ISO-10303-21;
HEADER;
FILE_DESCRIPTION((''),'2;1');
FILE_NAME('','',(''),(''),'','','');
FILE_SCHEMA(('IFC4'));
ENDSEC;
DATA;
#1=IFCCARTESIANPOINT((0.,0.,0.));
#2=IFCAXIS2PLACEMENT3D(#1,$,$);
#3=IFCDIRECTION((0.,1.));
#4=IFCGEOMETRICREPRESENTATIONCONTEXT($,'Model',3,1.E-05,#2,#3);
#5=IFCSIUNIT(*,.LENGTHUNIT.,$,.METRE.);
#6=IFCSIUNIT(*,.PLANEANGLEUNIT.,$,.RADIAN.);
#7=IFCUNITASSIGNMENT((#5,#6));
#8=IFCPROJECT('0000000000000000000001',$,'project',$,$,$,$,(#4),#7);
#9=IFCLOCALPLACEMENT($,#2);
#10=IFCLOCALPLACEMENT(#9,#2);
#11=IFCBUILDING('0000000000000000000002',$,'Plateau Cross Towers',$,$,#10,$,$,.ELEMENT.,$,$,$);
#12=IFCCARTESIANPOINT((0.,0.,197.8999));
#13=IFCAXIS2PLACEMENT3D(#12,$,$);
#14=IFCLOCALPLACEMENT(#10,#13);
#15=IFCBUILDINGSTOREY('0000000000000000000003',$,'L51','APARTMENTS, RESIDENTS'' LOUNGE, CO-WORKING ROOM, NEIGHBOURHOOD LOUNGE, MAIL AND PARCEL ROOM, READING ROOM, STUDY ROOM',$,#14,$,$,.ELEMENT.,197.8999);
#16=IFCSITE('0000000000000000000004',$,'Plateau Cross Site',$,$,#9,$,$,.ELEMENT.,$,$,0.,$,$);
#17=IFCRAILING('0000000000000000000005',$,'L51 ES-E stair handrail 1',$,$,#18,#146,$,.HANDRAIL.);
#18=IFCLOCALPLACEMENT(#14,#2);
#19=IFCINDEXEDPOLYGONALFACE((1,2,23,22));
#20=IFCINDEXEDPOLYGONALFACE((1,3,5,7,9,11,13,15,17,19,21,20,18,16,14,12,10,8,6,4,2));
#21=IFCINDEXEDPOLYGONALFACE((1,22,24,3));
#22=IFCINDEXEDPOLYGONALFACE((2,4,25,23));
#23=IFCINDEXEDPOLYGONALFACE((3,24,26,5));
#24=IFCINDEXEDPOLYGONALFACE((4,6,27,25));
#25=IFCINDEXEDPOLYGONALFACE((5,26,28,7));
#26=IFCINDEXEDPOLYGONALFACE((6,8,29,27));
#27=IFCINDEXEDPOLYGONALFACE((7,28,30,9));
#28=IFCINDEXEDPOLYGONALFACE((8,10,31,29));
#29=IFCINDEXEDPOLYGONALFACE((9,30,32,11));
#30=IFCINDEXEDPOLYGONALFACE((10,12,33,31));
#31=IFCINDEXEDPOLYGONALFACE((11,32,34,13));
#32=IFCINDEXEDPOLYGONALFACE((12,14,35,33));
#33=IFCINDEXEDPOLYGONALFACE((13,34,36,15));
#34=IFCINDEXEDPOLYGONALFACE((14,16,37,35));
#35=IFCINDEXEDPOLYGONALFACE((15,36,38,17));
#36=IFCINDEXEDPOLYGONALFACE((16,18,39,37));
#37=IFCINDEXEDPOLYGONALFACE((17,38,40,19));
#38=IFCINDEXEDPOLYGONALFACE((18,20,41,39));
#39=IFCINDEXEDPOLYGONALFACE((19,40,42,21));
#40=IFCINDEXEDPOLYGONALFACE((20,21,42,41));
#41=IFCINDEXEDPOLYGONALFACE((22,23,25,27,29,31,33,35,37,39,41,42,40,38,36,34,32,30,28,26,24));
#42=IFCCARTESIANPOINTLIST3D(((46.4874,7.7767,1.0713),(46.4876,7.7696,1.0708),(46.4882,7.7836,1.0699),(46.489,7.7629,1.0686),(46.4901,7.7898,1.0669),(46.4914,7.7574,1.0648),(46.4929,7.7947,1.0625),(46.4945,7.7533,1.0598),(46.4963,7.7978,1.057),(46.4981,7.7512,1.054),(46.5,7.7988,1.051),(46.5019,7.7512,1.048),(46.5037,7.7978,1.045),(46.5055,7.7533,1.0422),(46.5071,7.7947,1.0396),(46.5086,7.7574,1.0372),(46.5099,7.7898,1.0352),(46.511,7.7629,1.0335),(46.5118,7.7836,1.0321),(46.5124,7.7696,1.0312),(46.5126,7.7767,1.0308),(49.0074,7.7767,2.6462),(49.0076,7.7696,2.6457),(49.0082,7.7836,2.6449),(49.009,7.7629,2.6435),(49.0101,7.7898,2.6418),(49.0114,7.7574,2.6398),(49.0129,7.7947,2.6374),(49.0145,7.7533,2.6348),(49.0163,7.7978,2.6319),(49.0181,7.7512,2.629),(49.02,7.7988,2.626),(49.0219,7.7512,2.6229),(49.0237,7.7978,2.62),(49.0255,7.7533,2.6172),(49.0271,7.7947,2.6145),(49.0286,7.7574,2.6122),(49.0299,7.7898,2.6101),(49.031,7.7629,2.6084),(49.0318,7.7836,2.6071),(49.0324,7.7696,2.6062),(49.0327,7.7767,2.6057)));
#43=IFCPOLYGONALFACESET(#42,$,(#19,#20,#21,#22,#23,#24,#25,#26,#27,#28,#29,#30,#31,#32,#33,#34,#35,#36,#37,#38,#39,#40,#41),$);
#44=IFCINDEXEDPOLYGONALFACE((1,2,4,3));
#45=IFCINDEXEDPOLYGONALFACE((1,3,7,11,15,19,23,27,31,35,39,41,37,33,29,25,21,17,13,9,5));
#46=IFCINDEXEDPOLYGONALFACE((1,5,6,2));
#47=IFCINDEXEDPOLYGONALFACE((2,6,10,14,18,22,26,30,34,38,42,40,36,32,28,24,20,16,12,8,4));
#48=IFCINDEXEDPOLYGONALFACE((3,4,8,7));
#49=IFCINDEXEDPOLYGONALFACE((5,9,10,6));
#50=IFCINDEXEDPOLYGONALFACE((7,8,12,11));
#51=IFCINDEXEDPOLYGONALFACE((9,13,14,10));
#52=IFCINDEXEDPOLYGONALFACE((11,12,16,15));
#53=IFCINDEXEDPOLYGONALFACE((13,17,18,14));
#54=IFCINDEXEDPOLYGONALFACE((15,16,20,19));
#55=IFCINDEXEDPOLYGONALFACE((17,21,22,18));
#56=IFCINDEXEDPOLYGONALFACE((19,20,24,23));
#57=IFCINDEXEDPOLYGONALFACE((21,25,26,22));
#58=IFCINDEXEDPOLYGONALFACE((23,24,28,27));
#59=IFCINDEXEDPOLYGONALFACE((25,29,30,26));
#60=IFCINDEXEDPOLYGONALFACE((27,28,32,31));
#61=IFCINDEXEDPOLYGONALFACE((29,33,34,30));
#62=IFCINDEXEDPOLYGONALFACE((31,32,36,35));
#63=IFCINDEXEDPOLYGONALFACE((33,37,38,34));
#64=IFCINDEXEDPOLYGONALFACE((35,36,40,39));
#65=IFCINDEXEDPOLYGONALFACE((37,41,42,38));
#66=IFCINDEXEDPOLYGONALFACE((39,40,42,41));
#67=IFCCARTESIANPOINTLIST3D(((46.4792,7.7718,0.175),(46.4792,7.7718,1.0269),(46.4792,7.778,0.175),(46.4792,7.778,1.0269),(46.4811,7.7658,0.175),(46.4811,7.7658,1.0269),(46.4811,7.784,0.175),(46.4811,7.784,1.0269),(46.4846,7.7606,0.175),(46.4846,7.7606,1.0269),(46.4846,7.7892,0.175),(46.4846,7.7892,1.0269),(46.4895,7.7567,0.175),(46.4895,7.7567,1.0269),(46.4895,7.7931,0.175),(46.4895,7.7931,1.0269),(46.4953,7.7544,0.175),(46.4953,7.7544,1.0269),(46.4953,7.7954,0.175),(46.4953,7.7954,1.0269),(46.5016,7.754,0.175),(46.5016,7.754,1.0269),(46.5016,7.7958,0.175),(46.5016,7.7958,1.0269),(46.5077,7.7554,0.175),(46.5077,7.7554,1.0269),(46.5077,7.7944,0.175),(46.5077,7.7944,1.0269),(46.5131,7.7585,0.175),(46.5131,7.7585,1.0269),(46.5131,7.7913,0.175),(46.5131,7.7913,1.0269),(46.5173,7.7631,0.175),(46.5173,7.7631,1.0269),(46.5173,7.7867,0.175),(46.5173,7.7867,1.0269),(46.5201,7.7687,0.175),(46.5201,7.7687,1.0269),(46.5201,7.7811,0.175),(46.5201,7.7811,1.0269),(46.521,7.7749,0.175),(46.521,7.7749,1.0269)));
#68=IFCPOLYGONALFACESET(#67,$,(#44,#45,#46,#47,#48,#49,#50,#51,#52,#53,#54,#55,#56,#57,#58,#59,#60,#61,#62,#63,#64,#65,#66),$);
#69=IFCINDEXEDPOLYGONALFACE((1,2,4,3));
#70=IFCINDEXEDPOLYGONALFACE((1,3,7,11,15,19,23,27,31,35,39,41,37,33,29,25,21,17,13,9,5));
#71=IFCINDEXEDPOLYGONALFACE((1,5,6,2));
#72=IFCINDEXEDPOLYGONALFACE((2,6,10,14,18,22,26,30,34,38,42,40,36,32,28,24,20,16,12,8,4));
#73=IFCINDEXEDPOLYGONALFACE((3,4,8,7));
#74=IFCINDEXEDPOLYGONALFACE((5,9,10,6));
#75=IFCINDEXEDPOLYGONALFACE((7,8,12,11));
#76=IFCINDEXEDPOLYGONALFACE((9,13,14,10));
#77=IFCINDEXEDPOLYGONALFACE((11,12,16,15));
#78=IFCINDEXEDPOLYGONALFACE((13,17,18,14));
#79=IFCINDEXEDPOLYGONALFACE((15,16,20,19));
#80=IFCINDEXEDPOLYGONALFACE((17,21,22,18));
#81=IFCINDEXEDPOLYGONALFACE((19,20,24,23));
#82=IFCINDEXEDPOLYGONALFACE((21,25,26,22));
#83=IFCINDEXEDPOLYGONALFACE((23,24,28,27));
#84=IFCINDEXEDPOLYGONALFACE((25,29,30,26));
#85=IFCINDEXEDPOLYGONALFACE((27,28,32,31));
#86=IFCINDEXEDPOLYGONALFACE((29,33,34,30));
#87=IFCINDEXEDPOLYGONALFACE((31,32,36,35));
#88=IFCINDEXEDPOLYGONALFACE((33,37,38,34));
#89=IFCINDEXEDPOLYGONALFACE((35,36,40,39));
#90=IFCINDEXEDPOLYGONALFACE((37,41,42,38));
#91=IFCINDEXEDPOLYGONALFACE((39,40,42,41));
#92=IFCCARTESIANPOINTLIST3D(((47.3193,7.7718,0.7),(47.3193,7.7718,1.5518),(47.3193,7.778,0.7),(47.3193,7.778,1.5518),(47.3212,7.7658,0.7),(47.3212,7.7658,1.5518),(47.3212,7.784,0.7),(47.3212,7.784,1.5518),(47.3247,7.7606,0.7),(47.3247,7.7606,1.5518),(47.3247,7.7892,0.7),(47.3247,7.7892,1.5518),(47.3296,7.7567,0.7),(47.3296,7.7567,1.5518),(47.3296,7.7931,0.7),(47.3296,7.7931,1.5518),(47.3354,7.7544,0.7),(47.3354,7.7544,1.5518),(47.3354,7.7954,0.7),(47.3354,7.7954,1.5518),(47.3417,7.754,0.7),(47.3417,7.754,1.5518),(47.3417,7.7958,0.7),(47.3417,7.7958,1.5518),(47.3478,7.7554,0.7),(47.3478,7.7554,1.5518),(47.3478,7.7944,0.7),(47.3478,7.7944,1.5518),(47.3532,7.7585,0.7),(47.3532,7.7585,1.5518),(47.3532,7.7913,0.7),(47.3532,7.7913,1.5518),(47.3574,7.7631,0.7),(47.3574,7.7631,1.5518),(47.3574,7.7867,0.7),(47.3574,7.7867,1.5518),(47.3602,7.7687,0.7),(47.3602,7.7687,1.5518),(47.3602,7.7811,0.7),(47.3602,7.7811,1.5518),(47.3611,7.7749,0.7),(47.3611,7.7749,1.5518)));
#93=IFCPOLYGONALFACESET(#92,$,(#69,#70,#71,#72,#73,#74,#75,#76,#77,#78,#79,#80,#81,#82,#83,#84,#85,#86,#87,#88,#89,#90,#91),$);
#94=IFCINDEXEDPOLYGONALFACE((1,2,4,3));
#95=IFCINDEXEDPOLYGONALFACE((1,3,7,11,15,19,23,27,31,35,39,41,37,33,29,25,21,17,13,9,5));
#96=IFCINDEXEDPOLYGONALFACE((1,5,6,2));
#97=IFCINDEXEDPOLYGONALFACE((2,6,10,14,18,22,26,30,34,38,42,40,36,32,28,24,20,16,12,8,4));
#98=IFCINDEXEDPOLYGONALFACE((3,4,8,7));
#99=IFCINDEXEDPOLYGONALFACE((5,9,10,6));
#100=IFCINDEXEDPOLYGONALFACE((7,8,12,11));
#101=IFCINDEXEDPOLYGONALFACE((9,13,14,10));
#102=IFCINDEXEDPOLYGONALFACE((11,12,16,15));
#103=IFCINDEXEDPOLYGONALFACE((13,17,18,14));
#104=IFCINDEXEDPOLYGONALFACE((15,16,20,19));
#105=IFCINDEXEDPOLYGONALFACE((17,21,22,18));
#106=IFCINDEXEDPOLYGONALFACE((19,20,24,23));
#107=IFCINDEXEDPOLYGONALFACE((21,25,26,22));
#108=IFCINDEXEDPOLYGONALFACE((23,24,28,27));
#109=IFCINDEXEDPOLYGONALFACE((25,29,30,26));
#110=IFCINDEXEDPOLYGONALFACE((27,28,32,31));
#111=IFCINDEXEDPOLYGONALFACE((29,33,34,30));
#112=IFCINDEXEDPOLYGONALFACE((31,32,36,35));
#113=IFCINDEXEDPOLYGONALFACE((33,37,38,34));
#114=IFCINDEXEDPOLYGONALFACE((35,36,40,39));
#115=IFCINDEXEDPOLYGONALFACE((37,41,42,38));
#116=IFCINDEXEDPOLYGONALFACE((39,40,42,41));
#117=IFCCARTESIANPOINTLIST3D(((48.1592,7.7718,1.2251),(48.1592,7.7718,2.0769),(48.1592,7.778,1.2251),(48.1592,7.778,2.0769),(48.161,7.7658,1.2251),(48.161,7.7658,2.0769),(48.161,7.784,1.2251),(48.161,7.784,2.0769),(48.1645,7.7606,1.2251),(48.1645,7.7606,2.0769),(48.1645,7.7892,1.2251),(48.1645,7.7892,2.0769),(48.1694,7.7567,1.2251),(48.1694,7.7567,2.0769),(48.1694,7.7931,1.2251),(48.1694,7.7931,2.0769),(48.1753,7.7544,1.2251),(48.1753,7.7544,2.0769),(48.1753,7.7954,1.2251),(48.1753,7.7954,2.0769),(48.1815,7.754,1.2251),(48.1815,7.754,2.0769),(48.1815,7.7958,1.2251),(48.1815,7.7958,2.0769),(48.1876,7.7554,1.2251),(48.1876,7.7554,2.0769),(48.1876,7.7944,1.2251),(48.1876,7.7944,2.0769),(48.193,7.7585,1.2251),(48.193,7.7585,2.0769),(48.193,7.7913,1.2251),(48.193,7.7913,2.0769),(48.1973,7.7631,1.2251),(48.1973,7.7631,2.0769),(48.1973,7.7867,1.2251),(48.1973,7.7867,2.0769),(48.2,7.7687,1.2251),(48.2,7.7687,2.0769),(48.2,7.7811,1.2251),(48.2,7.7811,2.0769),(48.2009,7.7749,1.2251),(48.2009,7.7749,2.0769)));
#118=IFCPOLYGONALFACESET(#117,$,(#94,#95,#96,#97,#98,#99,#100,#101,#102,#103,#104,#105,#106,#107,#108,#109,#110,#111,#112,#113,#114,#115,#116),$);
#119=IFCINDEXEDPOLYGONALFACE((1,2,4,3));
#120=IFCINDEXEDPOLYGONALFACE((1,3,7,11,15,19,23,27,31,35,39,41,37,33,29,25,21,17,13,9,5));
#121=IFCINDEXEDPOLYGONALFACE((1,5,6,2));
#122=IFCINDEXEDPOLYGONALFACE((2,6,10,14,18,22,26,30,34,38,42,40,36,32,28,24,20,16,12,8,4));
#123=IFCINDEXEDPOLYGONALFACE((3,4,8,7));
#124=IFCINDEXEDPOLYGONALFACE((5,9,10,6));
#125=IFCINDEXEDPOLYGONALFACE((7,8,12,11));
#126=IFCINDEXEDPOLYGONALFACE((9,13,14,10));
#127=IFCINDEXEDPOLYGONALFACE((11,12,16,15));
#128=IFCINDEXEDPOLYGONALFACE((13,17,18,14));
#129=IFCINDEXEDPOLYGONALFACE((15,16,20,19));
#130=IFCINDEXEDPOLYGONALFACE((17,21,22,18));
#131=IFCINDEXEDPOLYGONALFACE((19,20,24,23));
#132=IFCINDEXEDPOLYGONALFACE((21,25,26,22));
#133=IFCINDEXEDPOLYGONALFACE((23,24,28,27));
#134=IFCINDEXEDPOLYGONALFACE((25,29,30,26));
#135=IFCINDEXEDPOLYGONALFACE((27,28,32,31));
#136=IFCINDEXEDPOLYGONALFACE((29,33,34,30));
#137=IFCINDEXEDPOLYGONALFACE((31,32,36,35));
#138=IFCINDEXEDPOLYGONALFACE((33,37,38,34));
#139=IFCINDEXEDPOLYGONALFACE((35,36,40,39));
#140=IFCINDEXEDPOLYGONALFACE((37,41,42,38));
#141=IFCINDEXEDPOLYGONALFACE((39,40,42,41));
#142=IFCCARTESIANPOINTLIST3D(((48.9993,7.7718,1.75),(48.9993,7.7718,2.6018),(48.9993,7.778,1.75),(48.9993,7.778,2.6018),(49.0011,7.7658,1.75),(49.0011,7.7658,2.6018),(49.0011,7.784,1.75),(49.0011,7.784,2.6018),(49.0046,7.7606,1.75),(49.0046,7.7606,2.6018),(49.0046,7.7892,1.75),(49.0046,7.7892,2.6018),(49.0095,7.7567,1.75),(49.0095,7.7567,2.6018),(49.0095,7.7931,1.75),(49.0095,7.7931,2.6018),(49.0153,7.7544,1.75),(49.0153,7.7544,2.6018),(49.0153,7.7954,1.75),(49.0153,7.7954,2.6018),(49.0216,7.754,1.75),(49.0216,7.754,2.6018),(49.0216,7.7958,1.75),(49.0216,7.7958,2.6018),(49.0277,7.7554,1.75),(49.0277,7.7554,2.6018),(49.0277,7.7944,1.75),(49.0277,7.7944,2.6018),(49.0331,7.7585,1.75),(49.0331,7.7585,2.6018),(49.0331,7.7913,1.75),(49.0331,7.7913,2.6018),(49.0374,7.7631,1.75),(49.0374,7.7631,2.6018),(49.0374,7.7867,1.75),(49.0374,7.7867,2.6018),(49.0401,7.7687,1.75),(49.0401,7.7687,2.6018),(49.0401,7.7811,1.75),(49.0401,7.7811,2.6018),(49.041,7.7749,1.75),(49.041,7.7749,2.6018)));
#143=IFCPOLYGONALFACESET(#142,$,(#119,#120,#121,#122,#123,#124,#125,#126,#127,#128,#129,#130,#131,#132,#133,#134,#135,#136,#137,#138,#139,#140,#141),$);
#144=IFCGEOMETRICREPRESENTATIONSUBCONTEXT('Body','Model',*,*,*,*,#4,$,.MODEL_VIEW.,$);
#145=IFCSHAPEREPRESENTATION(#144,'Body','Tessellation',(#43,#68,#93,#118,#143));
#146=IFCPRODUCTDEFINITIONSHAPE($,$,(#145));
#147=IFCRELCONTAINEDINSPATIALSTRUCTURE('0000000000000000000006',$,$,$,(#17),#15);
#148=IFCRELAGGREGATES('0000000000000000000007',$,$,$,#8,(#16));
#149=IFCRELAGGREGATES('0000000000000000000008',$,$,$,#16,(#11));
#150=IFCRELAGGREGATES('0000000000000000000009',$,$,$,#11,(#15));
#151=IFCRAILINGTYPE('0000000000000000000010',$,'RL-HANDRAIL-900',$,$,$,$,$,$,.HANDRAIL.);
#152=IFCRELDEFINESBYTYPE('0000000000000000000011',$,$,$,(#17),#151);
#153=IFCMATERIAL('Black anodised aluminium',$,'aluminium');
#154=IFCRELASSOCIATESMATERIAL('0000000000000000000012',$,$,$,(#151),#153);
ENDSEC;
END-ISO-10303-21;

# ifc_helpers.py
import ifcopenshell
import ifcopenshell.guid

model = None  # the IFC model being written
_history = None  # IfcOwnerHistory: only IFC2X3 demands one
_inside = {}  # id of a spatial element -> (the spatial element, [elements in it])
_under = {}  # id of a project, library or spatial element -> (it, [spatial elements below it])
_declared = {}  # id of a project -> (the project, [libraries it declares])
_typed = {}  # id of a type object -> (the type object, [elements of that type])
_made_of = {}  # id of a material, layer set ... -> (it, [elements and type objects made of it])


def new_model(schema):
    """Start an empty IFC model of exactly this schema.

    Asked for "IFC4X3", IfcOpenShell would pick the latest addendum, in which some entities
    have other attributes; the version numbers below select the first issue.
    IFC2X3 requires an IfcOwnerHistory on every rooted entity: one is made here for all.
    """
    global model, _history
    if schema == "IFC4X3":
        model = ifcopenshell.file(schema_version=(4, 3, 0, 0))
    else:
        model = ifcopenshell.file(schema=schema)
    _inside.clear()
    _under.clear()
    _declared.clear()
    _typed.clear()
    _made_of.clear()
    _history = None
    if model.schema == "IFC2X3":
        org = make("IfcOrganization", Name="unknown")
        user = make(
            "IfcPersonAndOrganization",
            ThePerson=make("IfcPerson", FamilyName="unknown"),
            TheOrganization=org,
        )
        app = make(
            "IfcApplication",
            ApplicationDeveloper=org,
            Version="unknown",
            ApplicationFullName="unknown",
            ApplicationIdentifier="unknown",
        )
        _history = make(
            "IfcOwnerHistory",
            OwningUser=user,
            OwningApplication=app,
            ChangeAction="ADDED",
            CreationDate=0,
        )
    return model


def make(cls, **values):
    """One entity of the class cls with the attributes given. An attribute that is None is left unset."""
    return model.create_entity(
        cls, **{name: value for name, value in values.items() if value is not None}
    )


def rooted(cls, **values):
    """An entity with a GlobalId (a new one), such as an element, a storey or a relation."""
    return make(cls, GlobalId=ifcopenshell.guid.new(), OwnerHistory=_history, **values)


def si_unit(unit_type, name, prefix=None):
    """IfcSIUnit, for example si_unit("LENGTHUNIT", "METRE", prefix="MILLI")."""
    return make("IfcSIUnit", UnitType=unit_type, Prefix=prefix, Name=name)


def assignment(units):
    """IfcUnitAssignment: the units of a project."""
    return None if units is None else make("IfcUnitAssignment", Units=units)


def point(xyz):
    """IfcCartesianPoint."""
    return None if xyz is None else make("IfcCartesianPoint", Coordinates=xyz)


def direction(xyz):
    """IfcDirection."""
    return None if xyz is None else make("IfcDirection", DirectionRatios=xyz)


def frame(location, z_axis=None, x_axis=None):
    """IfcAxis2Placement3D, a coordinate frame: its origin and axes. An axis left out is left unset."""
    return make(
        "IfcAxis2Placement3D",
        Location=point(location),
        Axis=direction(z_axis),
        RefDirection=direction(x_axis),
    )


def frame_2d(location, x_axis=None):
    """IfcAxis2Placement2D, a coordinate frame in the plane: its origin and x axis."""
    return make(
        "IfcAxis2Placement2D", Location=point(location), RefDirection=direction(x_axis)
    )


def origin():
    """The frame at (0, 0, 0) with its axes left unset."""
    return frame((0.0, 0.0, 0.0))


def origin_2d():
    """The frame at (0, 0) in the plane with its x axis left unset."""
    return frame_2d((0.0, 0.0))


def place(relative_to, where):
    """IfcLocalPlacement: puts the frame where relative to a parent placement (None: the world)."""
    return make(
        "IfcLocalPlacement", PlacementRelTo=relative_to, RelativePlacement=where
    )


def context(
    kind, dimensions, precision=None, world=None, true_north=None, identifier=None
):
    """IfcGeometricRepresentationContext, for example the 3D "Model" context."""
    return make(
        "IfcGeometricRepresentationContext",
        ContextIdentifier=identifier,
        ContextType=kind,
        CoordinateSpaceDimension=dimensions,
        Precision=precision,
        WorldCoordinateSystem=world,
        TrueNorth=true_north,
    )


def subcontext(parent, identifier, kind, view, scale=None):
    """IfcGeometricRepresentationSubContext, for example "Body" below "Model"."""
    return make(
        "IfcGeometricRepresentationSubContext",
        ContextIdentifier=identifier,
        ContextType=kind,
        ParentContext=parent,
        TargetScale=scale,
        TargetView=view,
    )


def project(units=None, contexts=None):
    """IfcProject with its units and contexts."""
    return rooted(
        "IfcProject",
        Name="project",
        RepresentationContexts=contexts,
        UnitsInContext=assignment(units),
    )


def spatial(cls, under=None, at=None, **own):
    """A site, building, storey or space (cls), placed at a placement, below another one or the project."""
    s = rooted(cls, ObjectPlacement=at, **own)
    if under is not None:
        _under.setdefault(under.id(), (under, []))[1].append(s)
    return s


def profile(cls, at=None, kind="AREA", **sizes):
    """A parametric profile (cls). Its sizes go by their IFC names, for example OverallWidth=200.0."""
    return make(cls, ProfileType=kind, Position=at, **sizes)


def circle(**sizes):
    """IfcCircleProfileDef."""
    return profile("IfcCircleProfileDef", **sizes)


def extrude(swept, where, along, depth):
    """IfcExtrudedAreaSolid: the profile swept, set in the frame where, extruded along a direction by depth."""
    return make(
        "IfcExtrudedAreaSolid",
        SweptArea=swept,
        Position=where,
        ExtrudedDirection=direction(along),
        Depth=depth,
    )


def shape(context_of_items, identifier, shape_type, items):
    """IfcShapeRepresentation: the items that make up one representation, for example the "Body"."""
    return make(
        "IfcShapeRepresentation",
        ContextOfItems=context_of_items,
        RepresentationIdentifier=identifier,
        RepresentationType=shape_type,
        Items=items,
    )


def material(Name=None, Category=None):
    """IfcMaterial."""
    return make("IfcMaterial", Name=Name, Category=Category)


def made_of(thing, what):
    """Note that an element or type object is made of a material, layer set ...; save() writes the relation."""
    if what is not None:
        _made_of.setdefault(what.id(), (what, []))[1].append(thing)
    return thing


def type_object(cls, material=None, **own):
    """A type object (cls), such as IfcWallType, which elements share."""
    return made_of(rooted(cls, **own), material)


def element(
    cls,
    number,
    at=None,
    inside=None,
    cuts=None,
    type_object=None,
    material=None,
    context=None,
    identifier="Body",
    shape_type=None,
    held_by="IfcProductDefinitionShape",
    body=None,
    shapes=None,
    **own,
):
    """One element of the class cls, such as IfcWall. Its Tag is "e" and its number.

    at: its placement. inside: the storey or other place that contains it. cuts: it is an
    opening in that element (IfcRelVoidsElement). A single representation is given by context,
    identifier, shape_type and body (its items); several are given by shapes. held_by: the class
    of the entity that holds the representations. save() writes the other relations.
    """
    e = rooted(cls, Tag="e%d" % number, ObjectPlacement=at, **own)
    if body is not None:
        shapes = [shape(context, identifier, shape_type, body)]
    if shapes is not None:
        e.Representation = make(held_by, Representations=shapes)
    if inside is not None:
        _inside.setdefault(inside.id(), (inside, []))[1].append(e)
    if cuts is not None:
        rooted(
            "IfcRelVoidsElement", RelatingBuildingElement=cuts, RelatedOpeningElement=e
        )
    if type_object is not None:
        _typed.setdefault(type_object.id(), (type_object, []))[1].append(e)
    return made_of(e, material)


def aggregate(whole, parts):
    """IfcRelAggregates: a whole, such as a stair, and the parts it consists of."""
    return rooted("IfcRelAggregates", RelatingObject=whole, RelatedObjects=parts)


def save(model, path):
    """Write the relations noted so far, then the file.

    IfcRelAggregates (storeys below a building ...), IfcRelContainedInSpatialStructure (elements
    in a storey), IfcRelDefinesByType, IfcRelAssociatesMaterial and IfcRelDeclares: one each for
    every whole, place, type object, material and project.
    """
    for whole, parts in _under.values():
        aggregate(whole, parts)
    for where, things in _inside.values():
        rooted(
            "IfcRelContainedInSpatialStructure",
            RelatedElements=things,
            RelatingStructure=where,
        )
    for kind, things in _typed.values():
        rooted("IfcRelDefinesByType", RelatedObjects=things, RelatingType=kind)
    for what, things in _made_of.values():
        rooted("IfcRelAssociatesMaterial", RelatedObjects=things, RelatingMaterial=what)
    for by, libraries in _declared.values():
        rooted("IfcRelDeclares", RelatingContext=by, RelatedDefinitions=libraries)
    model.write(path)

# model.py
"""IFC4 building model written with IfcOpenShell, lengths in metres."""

from ifc_helpers import new_model, si_unit, direction, frame, origin, origin_2d, place, context, subcontext, project, spatial, circle, extrude, material, type_object, element, save


model = new_model("IFC4")

# Units and contexts
model_context = context("Model", 3, precision=1e-05, world=origin(), true_north=direction((0.0, 1.0)))
body_context = subcontext(model_context, "Body", "Model", "MODEL_VIEW")
ifc_project = project(units=[si_unit("LENGTHUNIT", "METRE"), si_unit("PLANEANGLEUNIT", "RADIAN")], contexts=[model_context])

# Site, building, storey
site_placement = place(None, origin())
site = spatial("IfcSite", under=ifc_project, at=site_placement, Name="Plateau Cross Site", CompositionType="ELEMENT", RefElevation=0.0)
building_placement = place(site_placement, origin())
building = spatial("IfcBuilding", under=site, at=building_placement, Name="Plateau Cross Towers", CompositionType="ELEMENT")
storey_placement = place(building_placement, frame((0.0, 0.0, 197.8999)))
storey = spatial("IfcBuildingStorey", under=building, at=storey_placement, Name="L51", Description="APARTMENTS, RESIDENTS' LOUNGE, CO-WORKING ROOM, NEIGHBOURHOOD LOUNGE, MAIL AND PARCEL ROOM, READING ROOM, STUDY ROOM", CompositionType="ELEMENT", Elevation=197.8999)

# Shared definitions
ifc_material_1 = material(Name="Black anodised aluminium", Category="aluminium")

# Railing
railing_type_1 = type_object("IfcRailingType", Name="RL-HANDRAIL-900", PredefinedType="HANDRAIL", material=ifc_material_1)
railing_1_placement = place(storey_placement, frame((46.5, 7.7749, 0.175)))
element("IfcRailing", 1, at=railing_1_placement, inside=storey, type_object=railing_type_1, Name="L51 ES-E stair handrail 1", PredefinedType="HANDRAIL", context=body_context, shape_type="SweptSolid", body=[
    extrude(circle(Radius=0.0239, at=origin_2d()), frame((0.0, 0.0, 0.876), z_axis=(0.848008, 0.0, 0.529984), x_axis=(0.0, 1.0, 0.0)), (0.0, 0.0, 1.0), 2.9717),
    extrude(circle(Radius=0.021, at=origin_2d()), origin(), (0.0, 0.0, 1.0), 0.8518),
    extrude(circle(Radius=0.021, at=origin_2d()), frame((0.8401, 0.0, 0.5249)), (0.0, 0.0, 1.0), 0.8518),
    extrude(circle(Radius=0.021, at=origin_2d()), frame((1.6799, 0.0, 1.05)), (0.0, 0.0, 1.0), 0.8518),
    extrude(circle(Radius=0.021, at=origin_2d()), frame((2.52, 0.0, 1.575)), (0.0, 0.0, 1.0), 0.8518),
])

save(model, "model.ifc")
